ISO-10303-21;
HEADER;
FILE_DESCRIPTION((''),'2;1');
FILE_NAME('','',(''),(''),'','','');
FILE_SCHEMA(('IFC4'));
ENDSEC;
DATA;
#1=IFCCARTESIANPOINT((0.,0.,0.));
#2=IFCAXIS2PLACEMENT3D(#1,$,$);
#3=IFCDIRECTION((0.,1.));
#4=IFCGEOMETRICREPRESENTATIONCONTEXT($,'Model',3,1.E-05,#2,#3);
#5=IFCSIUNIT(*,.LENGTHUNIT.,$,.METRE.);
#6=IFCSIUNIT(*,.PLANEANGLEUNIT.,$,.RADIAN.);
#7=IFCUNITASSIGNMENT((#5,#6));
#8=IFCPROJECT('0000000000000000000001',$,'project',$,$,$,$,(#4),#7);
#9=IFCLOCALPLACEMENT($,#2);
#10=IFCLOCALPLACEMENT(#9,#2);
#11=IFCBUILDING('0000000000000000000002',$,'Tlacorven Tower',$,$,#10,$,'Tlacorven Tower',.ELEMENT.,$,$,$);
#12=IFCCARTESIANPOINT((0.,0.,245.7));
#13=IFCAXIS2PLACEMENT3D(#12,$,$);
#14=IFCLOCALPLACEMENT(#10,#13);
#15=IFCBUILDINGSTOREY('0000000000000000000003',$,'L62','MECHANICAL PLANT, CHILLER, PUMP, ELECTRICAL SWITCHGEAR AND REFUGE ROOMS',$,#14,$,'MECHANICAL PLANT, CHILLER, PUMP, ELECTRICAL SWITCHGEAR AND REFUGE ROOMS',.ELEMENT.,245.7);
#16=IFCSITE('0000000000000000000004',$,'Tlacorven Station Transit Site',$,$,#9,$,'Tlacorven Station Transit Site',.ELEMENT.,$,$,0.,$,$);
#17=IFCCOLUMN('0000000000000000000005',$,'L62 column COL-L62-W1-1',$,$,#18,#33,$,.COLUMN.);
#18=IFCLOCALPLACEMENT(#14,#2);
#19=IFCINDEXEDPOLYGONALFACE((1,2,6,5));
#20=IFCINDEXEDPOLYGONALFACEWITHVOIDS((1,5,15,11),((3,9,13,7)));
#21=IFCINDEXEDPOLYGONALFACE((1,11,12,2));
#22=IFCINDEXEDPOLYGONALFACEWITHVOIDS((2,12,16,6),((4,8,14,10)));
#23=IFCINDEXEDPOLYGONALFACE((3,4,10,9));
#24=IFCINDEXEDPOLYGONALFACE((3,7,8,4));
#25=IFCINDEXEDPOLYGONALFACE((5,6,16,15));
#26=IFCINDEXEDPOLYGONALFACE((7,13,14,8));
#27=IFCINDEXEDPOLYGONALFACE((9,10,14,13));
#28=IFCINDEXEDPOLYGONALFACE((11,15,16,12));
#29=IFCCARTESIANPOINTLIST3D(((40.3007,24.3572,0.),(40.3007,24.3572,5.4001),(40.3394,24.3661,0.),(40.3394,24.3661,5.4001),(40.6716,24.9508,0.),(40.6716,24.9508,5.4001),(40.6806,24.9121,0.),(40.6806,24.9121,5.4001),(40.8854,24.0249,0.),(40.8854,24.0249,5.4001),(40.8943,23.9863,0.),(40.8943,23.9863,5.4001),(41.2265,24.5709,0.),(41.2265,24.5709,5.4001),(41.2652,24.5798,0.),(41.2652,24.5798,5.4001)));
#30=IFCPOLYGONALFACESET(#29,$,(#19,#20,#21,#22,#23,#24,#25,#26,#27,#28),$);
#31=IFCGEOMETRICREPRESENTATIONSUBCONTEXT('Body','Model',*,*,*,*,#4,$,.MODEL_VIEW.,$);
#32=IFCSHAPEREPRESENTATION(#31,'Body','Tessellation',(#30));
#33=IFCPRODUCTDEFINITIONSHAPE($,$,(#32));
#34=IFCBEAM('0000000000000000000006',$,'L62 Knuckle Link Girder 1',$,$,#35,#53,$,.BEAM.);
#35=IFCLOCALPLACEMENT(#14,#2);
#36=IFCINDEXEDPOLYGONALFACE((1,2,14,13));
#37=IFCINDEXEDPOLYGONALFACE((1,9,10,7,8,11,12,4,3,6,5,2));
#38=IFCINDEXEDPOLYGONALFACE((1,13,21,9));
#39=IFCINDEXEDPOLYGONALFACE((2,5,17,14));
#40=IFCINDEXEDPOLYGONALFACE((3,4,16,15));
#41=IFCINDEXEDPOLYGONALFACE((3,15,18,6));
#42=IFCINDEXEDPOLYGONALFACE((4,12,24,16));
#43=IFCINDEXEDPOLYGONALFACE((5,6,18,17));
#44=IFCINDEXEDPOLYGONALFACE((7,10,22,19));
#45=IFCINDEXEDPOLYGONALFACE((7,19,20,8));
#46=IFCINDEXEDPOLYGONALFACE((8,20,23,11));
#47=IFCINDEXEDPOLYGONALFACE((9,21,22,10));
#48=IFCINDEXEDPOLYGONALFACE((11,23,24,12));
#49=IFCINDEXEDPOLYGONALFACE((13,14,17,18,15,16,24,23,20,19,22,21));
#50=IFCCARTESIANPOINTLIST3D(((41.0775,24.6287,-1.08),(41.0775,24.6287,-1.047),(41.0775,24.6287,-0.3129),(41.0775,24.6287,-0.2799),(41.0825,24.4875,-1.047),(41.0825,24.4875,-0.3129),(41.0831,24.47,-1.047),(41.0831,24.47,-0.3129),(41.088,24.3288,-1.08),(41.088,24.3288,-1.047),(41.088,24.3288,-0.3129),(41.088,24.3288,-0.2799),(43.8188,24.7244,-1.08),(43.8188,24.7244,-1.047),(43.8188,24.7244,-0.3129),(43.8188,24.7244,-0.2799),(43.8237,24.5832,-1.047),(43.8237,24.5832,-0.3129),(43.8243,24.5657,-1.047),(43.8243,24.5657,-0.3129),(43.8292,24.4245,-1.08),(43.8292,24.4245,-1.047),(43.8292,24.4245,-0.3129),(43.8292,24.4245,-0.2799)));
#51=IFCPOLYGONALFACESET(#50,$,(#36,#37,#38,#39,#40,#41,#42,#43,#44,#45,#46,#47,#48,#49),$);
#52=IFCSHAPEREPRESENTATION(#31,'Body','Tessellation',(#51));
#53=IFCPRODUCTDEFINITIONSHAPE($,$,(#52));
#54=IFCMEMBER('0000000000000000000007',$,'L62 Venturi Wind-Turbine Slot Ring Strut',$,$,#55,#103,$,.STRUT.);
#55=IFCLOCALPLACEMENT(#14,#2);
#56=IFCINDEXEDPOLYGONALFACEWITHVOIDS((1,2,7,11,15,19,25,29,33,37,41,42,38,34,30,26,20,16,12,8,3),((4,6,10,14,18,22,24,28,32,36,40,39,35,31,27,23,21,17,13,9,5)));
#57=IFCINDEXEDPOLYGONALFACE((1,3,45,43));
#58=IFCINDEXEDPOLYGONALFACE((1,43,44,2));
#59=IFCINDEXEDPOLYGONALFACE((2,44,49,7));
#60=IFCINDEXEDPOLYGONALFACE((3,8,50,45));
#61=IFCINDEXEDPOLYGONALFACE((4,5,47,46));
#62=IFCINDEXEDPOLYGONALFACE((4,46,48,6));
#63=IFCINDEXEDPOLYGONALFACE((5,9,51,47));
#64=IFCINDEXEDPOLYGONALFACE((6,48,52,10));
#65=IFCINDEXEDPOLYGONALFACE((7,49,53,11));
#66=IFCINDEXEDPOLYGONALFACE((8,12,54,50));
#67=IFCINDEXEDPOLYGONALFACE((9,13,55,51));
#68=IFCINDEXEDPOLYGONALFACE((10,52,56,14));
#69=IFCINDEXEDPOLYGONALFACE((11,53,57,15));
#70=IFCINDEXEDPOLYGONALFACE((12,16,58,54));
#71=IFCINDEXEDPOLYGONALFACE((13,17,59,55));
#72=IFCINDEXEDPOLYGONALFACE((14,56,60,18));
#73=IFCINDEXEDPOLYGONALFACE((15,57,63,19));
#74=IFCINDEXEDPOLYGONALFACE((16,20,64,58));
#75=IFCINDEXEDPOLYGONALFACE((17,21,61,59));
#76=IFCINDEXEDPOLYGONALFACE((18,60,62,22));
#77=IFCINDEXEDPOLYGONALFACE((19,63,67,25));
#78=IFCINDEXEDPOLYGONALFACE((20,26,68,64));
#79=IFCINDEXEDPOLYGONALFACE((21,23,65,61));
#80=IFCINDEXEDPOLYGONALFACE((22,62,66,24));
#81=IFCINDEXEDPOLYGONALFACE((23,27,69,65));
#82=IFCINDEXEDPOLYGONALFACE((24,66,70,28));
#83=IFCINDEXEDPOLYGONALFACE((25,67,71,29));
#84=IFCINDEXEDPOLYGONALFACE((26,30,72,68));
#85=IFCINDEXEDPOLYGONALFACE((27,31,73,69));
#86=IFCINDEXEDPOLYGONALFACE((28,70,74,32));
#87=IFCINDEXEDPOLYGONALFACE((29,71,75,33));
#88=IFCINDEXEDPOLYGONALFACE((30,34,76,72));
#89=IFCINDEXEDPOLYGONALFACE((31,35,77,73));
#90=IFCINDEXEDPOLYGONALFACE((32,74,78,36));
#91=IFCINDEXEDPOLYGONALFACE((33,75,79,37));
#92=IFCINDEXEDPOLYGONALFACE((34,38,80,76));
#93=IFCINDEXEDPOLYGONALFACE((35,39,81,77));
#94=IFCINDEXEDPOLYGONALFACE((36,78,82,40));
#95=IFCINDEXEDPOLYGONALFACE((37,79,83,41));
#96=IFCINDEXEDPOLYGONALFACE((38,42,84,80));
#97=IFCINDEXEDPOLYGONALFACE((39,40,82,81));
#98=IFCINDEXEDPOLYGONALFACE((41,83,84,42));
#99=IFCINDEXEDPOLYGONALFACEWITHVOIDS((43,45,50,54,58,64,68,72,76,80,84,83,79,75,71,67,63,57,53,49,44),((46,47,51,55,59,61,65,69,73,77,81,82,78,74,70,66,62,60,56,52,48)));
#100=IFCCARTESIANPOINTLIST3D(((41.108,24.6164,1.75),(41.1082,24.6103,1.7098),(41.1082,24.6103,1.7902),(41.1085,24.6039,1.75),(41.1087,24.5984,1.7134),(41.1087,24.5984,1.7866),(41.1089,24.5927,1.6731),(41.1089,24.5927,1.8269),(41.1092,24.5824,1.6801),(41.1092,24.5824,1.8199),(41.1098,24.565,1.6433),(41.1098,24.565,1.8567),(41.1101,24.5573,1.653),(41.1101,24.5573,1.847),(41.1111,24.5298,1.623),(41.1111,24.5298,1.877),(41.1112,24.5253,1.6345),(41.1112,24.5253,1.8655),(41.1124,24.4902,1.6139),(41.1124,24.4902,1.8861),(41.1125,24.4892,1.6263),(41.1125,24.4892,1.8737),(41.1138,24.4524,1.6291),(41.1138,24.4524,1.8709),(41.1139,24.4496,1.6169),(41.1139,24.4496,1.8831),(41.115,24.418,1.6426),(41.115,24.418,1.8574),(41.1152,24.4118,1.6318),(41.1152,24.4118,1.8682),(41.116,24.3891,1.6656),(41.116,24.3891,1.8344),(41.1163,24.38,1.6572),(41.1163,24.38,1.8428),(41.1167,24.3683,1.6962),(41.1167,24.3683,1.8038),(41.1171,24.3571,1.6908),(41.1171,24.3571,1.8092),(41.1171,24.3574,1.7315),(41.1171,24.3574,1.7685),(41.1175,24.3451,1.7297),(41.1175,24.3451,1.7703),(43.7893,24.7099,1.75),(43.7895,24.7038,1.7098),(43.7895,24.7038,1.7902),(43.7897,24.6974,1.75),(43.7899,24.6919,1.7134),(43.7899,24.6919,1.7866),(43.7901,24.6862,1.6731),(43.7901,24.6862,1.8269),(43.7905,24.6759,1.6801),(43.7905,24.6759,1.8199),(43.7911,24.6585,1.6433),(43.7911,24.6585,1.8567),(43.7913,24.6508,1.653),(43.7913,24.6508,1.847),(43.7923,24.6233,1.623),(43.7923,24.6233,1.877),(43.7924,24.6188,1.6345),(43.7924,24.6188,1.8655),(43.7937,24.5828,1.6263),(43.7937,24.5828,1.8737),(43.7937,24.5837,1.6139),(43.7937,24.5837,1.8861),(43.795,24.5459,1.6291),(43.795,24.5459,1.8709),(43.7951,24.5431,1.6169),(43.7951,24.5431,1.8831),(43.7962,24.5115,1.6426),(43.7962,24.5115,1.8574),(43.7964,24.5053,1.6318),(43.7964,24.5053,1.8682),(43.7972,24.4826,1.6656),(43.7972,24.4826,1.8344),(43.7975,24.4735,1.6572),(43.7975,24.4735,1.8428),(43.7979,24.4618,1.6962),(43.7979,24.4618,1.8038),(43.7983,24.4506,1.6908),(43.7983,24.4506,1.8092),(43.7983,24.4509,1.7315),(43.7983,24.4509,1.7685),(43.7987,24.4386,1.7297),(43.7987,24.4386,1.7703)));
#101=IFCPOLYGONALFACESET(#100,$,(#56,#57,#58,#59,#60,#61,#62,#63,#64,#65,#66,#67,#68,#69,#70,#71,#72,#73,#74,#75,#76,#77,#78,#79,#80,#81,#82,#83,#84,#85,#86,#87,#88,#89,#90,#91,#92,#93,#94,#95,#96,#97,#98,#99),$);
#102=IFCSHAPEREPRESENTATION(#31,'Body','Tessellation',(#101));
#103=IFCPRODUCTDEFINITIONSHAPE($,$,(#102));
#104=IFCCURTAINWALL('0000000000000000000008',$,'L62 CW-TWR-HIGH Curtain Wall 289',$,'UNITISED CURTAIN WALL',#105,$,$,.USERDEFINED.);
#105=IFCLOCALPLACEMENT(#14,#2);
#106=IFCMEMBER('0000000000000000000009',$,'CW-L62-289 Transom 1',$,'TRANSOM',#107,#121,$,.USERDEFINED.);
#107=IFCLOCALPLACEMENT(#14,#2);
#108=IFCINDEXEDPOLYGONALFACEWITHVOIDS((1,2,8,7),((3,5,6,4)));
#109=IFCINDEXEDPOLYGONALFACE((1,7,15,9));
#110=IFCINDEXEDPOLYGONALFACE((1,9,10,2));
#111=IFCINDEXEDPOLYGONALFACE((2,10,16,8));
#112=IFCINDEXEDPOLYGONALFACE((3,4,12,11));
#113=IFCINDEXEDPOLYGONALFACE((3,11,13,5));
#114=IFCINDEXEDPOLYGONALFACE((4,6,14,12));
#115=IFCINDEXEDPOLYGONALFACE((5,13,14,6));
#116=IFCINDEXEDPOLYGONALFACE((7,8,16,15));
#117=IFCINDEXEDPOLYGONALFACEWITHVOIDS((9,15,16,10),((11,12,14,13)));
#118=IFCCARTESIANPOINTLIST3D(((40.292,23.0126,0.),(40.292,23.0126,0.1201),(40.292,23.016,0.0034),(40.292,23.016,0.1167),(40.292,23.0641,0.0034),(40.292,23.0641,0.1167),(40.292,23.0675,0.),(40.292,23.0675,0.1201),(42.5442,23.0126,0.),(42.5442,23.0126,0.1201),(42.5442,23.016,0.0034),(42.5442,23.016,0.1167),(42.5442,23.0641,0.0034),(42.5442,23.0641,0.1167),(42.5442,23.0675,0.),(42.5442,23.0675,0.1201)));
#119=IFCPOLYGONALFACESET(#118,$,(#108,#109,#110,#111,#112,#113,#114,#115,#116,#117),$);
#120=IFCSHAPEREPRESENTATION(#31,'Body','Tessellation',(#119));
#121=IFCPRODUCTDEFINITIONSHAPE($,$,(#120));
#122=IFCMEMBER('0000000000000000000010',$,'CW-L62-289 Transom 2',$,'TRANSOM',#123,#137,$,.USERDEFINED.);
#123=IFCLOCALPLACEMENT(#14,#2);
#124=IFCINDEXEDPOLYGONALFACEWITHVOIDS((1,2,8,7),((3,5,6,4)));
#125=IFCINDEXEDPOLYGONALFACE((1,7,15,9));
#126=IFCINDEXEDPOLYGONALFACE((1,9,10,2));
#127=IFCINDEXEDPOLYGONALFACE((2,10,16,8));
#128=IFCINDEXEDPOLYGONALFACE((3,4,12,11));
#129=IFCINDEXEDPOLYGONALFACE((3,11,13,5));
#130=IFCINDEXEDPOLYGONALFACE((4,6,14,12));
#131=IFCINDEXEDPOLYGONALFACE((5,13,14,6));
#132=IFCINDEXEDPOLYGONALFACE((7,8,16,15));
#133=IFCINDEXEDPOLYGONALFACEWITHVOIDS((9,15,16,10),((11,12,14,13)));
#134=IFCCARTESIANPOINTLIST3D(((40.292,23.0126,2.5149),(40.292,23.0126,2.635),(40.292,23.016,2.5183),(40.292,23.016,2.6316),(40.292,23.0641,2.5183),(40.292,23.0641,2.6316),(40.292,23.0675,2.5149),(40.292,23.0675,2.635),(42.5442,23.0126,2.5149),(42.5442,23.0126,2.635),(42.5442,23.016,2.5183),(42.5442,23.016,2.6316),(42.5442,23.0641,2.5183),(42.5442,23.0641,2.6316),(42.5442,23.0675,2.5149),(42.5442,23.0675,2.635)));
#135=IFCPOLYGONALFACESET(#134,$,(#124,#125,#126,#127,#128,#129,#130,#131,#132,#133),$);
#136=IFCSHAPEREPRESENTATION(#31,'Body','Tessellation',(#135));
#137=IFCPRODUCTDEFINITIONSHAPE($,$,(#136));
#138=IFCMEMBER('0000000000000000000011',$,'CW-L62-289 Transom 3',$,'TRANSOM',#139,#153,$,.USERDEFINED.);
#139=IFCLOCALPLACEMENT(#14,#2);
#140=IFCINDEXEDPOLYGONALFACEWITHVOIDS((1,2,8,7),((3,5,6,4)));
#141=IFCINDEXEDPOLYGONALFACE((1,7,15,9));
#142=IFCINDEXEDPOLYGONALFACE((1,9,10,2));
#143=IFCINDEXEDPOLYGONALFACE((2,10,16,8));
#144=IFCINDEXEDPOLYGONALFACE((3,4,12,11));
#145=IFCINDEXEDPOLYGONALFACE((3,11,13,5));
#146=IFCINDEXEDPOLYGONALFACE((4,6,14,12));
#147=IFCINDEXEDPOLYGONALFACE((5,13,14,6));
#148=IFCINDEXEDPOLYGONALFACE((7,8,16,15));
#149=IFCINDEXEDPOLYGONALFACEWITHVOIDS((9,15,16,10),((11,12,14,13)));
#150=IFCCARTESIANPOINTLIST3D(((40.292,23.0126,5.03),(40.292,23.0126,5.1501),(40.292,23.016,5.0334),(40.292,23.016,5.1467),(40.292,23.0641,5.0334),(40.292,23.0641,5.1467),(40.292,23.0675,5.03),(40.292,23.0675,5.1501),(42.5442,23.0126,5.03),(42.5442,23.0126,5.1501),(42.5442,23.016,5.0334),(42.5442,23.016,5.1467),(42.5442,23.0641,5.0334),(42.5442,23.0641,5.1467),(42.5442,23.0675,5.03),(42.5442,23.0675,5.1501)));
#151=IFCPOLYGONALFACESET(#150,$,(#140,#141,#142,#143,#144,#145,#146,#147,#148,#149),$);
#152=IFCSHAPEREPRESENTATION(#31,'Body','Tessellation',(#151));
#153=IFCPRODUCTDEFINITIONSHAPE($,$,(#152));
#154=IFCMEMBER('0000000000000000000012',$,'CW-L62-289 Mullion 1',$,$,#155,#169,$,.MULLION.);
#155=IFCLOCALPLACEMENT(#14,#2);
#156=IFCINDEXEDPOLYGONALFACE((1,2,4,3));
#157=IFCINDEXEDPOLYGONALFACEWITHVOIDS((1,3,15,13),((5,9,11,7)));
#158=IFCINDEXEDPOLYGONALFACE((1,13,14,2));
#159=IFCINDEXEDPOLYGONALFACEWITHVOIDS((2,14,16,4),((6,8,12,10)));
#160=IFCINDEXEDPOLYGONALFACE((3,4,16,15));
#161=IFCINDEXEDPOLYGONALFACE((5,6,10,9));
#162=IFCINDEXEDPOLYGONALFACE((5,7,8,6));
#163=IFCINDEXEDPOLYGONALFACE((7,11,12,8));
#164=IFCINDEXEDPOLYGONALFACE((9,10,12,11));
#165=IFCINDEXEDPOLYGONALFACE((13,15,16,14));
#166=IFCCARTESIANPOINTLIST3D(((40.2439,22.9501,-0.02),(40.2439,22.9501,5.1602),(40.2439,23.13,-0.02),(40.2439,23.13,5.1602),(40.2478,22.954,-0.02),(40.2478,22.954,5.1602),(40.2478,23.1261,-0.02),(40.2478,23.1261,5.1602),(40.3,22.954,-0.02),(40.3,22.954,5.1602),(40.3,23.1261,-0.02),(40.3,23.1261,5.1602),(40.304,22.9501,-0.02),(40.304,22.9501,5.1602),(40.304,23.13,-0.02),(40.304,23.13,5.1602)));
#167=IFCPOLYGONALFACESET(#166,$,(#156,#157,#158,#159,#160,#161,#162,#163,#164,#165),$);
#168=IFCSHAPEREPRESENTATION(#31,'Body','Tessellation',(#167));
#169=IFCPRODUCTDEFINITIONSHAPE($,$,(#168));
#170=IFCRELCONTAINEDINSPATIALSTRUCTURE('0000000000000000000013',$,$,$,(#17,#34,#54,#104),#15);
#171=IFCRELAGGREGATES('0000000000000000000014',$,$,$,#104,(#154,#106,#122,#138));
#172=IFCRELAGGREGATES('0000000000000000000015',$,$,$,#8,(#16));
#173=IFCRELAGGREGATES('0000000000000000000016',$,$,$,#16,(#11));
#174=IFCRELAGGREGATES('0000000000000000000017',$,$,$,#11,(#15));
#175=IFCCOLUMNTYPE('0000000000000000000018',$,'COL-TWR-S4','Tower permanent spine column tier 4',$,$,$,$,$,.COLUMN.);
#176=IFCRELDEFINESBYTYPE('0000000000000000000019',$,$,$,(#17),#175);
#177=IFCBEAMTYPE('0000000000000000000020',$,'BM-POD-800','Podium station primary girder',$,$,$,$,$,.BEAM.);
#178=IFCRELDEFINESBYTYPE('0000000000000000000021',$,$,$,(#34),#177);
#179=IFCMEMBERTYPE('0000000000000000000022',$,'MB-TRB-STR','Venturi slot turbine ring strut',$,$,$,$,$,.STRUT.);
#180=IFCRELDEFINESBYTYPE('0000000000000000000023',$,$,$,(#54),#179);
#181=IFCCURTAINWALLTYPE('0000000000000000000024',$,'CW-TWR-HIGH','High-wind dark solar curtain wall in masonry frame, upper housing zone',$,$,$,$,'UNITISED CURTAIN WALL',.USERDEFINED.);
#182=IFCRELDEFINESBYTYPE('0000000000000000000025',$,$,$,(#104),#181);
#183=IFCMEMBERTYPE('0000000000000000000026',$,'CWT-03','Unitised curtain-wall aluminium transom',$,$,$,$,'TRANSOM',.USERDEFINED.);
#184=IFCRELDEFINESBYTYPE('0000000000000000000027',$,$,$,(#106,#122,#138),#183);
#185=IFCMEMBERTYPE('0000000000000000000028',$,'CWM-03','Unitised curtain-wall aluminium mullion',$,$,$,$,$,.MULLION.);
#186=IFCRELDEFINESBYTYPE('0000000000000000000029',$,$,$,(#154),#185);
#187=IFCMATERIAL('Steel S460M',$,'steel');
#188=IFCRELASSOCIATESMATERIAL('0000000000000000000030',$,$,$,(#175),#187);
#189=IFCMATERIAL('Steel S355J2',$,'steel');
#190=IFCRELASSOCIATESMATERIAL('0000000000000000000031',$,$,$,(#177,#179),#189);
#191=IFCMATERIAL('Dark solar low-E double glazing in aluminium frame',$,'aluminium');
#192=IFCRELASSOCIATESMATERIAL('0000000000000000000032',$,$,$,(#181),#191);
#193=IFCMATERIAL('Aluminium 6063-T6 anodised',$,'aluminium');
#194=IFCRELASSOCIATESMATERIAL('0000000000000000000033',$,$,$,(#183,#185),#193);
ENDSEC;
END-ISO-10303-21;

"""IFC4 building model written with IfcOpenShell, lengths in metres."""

from ifc_helpers import new_model, si_unit, direction, frame, origin, origin_2d, place, context, subcontext, project, spatial, hollow_rectangle, hollow_circle, i_section, extrude, source, transform, mapped, material, material_profile, profile_set, type_object, element, aggregate, save


model = new_model("IFC4")

# Units and contexts
model_context = context("Model", 3, precision=1e-05, world=origin(), true_north=direction((0.0, 1.0)))
body_context = subcontext(model_context, "Body", "Model", "MODEL_VIEW")
ifc_project = project(units=[si_unit("LENGTHUNIT", "METRE"), si_unit("PLANEANGLEUNIT", "RADIAN")], contexts=[model_context])

# Site, building, storey
site_placement = place(None, origin())
site = spatial("IfcSite", under=ifc_project, at=site_placement, Name="Tlacorven Station Transit Site", LongName="Tlacorven Station Transit Site", CompositionType="ELEMENT", RefElevation=0.0)
building_placement = place(site_placement, origin())
building = spatial("IfcBuilding", under=site, at=building_placement, Name="Tlacorven Tower", LongName="Tlacorven Tower", CompositionType="ELEMENT")
storey_placement = place(building_placement, frame((0.0, 0.0, 245.7)))
storey = spatial("IfcBuildingStorey", under=building, at=storey_placement, Name="L62", Description="MECHANICAL PLANT, CHILLER, PUMP, ELECTRICAL SWITCHGEAR AND REFUGE ROOMS", LongName="MECHANICAL PLANT, CHILLER, PUMP, ELECTRICAL SWITCHGEAR AND REFUGE ROOMS", CompositionType="ELEMENT", Elevation=245.7)

# Column
ifc_material_1 = material(Name="Steel S460M", Category="steel")
ifc_material_profile_1 = material_profile(ifc_material_1, hollow_rectangle(XDim=0.7, YDim=0.7, WallThickness=0.0281, at=origin_2d()), Name="BOX 700X700X28")
ifc_profile_set_1 = profile_set([ifc_material_profile_1], Name="Steel S460M")
column_type = type_object("IfcColumnType", Name="COL-TWR-S4", Description="Tower permanent spine column tier 4", PredefinedType="COLUMN", material=ifc_profile_set_1)
shared_shape_1 = source(origin(), body_context, "Body", "SweptSolid", [
    extrude(hollow_rectangle(XDim=0.7, YDim=0.7, WallThickness=0.0281, at=origin_2d()), origin(), (0.0, 0.0, 1.0), 5.4001),
])
column_placement = place(storey_placement, frame((40.783, 24.4685, 0.0), z_axis=(0.0, 0.0, 1.0), x_axis=(-0.848048, 0.529919, 0.0)))
element("IfcColumn", 1, at=column_placement, inside=storey, type_object=column_type, Name="L62 column COL-L62-W1-1", PredefinedType="COLUMN", context=body_context, shape_type="MappedRepresentation", body=[
    mapped(shared_shape_1, transform((0.0, 0.0, 0.0), scale=1.0)),
])

# Beam
ifc_material_2 = material(Name="Steel S355J2", Category="steel")
ifc_material_profile_2 = material_profile(ifc_material_2, i_section(OverallWidth=0.3, OverallDepth=0.8, WebThickness=0.0176, FlangeThickness=0.033, at=origin_2d()), Name="HEB 800")
ifc_profile_set_2 = profile_set([ifc_material_profile_2], Name="Steel S355J2")
beam_type = type_object("IfcBeamType", Name="BM-POD-800", Description="Podium station primary girder", PredefinedType="BEAM", material=ifc_profile_set_2)
shared_shape_2 = source(origin(), body_context, "Body", "SweptSolid", [
    extrude(i_section(OverallWidth=0.3, OverallDepth=0.8, WebThickness=0.0176, FlangeThickness=0.033, at=origin_2d()), origin(), (0.0, 0.0, 1.0), 2.7429),
])
beam_placement = place(storey_placement, frame((41.0828, 24.4788, -0.6799), z_axis=(0.999391, 0.034891, 0.0), x_axis=(-0.034891, 0.999391, 0.0)))
element("IfcBeam", 2, at=beam_placement, inside=storey, type_object=beam_type, Name="L62 Knuckle Link Girder 1", PredefinedType="BEAM", context=body_context, shape_type="MappedRepresentation", body=[
    mapped(shared_shape_2, transform((0.0, 0.0, 0.0), scale=1.0)),
])

# Member
ifc_material_profile_3 = material_profile(ifc_material_2, hollow_circle(Radius=0.1365, WallThickness=0.0125, at=origin_2d()), Name="CHS 273.0X12.5")
ifc_profile_set_3 = profile_set([ifc_material_profile_3], Name="Steel S355J2")
member_type_1 = type_object("IfcMemberType", Name="MB-TRB-STR", Description="Venturi slot turbine ring strut", PredefinedType="STRUT", material=ifc_profile_set_3)
shared_shape_3 = source(origin(), body_context, "Body", "SweptSolid", [
    extrude(hollow_circle(Radius=0.1365, WallThickness=0.0125, at=origin_2d()), origin(), (0.0, 0.0, 1.0), 2.6829),
])
member_1_placement = place(storey_placement, frame((41.1128, 24.48, 1.75), z_axis=(0.999392, 0.034854, 0.0), x_axis=(-0.034854, 0.999392, 0.0)))
element("IfcMember", 3, at=member_1_placement, inside=storey, type_object=member_type_1, Name="L62 Venturi Wind-Turbine Slot Ring Strut", PredefinedType="STRUT", context=body_context, shape_type="MappedRepresentation", body=[
    mapped(shared_shape_3, transform((0.0, 0.0, 0.0), scale=1.0)),
])

# Curtain wall, members
ifc_material_3 = material(Name="Dark solar low-E double glazing in aluminium frame", Category="aluminium")
curtain_wall_type = type_object("IfcCurtainWallType", Name="CW-TWR-HIGH", Description="High-wind dark solar curtain wall in masonry frame, upper housing zone", ElementType="UNITISED CURTAIN WALL", PredefinedType="USERDEFINED", material=ifc_material_3)
curtain_wall_placement = place(storey_placement, origin())
curtain_wall = element("IfcCurtainWall", 4, at=curtain_wall_placement, inside=storey, type_object=curtain_wall_type, Name="L62 CW-TWR-HIGH Curtain Wall 289", ObjectType="UNITISED CURTAIN WALL", PredefinedType="USERDEFINED")
ifc_material_4 = material(Name="Aluminium 6063-T6 anodised", Category="aluminium")
ifc_material_profile_4 = material_profile(ifc_material_4, hollow_rectangle(XDim=0.0549, YDim=0.1201, WallThickness=0.0034, at=origin_2d()), Name="ALU TRANSOM 55X120")
ifc_profile_set_4 = profile_set([ifc_material_profile_4], Name="Aluminium 6063-T6 anodised")
member_type_2 = type_object("IfcMemberType", Name="CWT-03", Description="Unitised curtain-wall aluminium transom", ElementType="TRANSOM", PredefinedType="USERDEFINED", material=ifc_profile_set_4)
shared_shape_4 = source(origin(), body_context, "Body", "SweptSolid", [
    extrude(hollow_rectangle(XDim=0.0549, YDim=0.1201, WallThickness=0.0034, at=origin_2d()), origin(), (0.0, 0.0, 1.0), 2.2522),
])
member_2_placement = place(storey_placement, frame((40.292, 23.04, 0.0601), z_axis=(1.0, 0.0, 0.0), x_axis=(0.0, 1.0, 0.0)))
member_2 = element("IfcMember", 5, at=member_2_placement, type_object=member_type_2, Name="CW-L62-289 Transom 1", ObjectType="TRANSOM", PredefinedType="USERDEFINED", context=body_context, shape_type="MappedRepresentation", body=[
    mapped(shared_shape_4, transform((0.0, 0.0, 0.0), scale=1.0)),
])
member_3_placement = place(storey_placement, frame((40.292, 23.04, 2.575), z_axis=(1.0, 0.0, 0.0), x_axis=(0.0, 1.0, 0.0)))
member_3 = element("IfcMember", 6, at=member_3_placement, type_object=member_type_2, Name="CW-L62-289 Transom 2", ObjectType="TRANSOM", PredefinedType="USERDEFINED", context=body_context, shape_type="MappedRepresentation", body=[
    mapped(shared_shape_4, transform((0.0, 0.0, 0.0), scale=1.0)),
])
member_4_placement = place(storey_placement, frame((40.292, 23.04, 5.0901), z_axis=(1.0, 0.0, 0.0), x_axis=(0.0, 1.0, 0.0)))
member_4 = element("IfcMember", 7, at=member_4_placement, type_object=member_type_2, Name="CW-L62-289 Transom 3", ObjectType="TRANSOM", PredefinedType="USERDEFINED", context=body_context, shape_type="MappedRepresentation", body=[
    mapped(shared_shape_4, transform((0.0, 0.0, 0.0), scale=1.0)),
])
ifc_material_profile_5 = material_profile(ifc_material_4, hollow_rectangle(XDim=0.0601, YDim=0.1799, WallThickness=0.0039, at=origin_2d()), Name="ALU MULLION 60X180")
ifc_profile_set_5 = profile_set([ifc_material_profile_5], Name="Aluminium 6063-T6 anodised")
member_type_3 = type_object("IfcMemberType", Name="CWM-03", Description="Unitised curtain-wall aluminium mullion", PredefinedType="MULLION", material=ifc_profile_set_5)
shared_shape_5 = source(origin(), body_context, "Body", "SweptSolid", [
    extrude(hollow_rectangle(XDim=0.0601, YDim=0.1799, WallThickness=0.0039, at=origin_2d()), origin(), (0.0, 0.0, 1.0), 5.1802),
])
member_5_placement = place(storey_placement, frame((40.2739, 23.04, -0.02), z_axis=(0.0, 0.0, 1.0), x_axis=(1.0, 0.0, 0.0)))
member_5 = element("IfcMember", 8, at=member_5_placement, type_object=member_type_3, Name="CW-L62-289 Mullion 1", PredefinedType="MULLION", context=body_context, shape_type="MappedRepresentation", body=[
    mapped(shared_shape_5, transform((0.0, 0.0, 0.0), scale=1.0)),
])

aggregate(curtain_wall, [member_5, member_2, member_3, member_4])

save(model, "model.ifc")
